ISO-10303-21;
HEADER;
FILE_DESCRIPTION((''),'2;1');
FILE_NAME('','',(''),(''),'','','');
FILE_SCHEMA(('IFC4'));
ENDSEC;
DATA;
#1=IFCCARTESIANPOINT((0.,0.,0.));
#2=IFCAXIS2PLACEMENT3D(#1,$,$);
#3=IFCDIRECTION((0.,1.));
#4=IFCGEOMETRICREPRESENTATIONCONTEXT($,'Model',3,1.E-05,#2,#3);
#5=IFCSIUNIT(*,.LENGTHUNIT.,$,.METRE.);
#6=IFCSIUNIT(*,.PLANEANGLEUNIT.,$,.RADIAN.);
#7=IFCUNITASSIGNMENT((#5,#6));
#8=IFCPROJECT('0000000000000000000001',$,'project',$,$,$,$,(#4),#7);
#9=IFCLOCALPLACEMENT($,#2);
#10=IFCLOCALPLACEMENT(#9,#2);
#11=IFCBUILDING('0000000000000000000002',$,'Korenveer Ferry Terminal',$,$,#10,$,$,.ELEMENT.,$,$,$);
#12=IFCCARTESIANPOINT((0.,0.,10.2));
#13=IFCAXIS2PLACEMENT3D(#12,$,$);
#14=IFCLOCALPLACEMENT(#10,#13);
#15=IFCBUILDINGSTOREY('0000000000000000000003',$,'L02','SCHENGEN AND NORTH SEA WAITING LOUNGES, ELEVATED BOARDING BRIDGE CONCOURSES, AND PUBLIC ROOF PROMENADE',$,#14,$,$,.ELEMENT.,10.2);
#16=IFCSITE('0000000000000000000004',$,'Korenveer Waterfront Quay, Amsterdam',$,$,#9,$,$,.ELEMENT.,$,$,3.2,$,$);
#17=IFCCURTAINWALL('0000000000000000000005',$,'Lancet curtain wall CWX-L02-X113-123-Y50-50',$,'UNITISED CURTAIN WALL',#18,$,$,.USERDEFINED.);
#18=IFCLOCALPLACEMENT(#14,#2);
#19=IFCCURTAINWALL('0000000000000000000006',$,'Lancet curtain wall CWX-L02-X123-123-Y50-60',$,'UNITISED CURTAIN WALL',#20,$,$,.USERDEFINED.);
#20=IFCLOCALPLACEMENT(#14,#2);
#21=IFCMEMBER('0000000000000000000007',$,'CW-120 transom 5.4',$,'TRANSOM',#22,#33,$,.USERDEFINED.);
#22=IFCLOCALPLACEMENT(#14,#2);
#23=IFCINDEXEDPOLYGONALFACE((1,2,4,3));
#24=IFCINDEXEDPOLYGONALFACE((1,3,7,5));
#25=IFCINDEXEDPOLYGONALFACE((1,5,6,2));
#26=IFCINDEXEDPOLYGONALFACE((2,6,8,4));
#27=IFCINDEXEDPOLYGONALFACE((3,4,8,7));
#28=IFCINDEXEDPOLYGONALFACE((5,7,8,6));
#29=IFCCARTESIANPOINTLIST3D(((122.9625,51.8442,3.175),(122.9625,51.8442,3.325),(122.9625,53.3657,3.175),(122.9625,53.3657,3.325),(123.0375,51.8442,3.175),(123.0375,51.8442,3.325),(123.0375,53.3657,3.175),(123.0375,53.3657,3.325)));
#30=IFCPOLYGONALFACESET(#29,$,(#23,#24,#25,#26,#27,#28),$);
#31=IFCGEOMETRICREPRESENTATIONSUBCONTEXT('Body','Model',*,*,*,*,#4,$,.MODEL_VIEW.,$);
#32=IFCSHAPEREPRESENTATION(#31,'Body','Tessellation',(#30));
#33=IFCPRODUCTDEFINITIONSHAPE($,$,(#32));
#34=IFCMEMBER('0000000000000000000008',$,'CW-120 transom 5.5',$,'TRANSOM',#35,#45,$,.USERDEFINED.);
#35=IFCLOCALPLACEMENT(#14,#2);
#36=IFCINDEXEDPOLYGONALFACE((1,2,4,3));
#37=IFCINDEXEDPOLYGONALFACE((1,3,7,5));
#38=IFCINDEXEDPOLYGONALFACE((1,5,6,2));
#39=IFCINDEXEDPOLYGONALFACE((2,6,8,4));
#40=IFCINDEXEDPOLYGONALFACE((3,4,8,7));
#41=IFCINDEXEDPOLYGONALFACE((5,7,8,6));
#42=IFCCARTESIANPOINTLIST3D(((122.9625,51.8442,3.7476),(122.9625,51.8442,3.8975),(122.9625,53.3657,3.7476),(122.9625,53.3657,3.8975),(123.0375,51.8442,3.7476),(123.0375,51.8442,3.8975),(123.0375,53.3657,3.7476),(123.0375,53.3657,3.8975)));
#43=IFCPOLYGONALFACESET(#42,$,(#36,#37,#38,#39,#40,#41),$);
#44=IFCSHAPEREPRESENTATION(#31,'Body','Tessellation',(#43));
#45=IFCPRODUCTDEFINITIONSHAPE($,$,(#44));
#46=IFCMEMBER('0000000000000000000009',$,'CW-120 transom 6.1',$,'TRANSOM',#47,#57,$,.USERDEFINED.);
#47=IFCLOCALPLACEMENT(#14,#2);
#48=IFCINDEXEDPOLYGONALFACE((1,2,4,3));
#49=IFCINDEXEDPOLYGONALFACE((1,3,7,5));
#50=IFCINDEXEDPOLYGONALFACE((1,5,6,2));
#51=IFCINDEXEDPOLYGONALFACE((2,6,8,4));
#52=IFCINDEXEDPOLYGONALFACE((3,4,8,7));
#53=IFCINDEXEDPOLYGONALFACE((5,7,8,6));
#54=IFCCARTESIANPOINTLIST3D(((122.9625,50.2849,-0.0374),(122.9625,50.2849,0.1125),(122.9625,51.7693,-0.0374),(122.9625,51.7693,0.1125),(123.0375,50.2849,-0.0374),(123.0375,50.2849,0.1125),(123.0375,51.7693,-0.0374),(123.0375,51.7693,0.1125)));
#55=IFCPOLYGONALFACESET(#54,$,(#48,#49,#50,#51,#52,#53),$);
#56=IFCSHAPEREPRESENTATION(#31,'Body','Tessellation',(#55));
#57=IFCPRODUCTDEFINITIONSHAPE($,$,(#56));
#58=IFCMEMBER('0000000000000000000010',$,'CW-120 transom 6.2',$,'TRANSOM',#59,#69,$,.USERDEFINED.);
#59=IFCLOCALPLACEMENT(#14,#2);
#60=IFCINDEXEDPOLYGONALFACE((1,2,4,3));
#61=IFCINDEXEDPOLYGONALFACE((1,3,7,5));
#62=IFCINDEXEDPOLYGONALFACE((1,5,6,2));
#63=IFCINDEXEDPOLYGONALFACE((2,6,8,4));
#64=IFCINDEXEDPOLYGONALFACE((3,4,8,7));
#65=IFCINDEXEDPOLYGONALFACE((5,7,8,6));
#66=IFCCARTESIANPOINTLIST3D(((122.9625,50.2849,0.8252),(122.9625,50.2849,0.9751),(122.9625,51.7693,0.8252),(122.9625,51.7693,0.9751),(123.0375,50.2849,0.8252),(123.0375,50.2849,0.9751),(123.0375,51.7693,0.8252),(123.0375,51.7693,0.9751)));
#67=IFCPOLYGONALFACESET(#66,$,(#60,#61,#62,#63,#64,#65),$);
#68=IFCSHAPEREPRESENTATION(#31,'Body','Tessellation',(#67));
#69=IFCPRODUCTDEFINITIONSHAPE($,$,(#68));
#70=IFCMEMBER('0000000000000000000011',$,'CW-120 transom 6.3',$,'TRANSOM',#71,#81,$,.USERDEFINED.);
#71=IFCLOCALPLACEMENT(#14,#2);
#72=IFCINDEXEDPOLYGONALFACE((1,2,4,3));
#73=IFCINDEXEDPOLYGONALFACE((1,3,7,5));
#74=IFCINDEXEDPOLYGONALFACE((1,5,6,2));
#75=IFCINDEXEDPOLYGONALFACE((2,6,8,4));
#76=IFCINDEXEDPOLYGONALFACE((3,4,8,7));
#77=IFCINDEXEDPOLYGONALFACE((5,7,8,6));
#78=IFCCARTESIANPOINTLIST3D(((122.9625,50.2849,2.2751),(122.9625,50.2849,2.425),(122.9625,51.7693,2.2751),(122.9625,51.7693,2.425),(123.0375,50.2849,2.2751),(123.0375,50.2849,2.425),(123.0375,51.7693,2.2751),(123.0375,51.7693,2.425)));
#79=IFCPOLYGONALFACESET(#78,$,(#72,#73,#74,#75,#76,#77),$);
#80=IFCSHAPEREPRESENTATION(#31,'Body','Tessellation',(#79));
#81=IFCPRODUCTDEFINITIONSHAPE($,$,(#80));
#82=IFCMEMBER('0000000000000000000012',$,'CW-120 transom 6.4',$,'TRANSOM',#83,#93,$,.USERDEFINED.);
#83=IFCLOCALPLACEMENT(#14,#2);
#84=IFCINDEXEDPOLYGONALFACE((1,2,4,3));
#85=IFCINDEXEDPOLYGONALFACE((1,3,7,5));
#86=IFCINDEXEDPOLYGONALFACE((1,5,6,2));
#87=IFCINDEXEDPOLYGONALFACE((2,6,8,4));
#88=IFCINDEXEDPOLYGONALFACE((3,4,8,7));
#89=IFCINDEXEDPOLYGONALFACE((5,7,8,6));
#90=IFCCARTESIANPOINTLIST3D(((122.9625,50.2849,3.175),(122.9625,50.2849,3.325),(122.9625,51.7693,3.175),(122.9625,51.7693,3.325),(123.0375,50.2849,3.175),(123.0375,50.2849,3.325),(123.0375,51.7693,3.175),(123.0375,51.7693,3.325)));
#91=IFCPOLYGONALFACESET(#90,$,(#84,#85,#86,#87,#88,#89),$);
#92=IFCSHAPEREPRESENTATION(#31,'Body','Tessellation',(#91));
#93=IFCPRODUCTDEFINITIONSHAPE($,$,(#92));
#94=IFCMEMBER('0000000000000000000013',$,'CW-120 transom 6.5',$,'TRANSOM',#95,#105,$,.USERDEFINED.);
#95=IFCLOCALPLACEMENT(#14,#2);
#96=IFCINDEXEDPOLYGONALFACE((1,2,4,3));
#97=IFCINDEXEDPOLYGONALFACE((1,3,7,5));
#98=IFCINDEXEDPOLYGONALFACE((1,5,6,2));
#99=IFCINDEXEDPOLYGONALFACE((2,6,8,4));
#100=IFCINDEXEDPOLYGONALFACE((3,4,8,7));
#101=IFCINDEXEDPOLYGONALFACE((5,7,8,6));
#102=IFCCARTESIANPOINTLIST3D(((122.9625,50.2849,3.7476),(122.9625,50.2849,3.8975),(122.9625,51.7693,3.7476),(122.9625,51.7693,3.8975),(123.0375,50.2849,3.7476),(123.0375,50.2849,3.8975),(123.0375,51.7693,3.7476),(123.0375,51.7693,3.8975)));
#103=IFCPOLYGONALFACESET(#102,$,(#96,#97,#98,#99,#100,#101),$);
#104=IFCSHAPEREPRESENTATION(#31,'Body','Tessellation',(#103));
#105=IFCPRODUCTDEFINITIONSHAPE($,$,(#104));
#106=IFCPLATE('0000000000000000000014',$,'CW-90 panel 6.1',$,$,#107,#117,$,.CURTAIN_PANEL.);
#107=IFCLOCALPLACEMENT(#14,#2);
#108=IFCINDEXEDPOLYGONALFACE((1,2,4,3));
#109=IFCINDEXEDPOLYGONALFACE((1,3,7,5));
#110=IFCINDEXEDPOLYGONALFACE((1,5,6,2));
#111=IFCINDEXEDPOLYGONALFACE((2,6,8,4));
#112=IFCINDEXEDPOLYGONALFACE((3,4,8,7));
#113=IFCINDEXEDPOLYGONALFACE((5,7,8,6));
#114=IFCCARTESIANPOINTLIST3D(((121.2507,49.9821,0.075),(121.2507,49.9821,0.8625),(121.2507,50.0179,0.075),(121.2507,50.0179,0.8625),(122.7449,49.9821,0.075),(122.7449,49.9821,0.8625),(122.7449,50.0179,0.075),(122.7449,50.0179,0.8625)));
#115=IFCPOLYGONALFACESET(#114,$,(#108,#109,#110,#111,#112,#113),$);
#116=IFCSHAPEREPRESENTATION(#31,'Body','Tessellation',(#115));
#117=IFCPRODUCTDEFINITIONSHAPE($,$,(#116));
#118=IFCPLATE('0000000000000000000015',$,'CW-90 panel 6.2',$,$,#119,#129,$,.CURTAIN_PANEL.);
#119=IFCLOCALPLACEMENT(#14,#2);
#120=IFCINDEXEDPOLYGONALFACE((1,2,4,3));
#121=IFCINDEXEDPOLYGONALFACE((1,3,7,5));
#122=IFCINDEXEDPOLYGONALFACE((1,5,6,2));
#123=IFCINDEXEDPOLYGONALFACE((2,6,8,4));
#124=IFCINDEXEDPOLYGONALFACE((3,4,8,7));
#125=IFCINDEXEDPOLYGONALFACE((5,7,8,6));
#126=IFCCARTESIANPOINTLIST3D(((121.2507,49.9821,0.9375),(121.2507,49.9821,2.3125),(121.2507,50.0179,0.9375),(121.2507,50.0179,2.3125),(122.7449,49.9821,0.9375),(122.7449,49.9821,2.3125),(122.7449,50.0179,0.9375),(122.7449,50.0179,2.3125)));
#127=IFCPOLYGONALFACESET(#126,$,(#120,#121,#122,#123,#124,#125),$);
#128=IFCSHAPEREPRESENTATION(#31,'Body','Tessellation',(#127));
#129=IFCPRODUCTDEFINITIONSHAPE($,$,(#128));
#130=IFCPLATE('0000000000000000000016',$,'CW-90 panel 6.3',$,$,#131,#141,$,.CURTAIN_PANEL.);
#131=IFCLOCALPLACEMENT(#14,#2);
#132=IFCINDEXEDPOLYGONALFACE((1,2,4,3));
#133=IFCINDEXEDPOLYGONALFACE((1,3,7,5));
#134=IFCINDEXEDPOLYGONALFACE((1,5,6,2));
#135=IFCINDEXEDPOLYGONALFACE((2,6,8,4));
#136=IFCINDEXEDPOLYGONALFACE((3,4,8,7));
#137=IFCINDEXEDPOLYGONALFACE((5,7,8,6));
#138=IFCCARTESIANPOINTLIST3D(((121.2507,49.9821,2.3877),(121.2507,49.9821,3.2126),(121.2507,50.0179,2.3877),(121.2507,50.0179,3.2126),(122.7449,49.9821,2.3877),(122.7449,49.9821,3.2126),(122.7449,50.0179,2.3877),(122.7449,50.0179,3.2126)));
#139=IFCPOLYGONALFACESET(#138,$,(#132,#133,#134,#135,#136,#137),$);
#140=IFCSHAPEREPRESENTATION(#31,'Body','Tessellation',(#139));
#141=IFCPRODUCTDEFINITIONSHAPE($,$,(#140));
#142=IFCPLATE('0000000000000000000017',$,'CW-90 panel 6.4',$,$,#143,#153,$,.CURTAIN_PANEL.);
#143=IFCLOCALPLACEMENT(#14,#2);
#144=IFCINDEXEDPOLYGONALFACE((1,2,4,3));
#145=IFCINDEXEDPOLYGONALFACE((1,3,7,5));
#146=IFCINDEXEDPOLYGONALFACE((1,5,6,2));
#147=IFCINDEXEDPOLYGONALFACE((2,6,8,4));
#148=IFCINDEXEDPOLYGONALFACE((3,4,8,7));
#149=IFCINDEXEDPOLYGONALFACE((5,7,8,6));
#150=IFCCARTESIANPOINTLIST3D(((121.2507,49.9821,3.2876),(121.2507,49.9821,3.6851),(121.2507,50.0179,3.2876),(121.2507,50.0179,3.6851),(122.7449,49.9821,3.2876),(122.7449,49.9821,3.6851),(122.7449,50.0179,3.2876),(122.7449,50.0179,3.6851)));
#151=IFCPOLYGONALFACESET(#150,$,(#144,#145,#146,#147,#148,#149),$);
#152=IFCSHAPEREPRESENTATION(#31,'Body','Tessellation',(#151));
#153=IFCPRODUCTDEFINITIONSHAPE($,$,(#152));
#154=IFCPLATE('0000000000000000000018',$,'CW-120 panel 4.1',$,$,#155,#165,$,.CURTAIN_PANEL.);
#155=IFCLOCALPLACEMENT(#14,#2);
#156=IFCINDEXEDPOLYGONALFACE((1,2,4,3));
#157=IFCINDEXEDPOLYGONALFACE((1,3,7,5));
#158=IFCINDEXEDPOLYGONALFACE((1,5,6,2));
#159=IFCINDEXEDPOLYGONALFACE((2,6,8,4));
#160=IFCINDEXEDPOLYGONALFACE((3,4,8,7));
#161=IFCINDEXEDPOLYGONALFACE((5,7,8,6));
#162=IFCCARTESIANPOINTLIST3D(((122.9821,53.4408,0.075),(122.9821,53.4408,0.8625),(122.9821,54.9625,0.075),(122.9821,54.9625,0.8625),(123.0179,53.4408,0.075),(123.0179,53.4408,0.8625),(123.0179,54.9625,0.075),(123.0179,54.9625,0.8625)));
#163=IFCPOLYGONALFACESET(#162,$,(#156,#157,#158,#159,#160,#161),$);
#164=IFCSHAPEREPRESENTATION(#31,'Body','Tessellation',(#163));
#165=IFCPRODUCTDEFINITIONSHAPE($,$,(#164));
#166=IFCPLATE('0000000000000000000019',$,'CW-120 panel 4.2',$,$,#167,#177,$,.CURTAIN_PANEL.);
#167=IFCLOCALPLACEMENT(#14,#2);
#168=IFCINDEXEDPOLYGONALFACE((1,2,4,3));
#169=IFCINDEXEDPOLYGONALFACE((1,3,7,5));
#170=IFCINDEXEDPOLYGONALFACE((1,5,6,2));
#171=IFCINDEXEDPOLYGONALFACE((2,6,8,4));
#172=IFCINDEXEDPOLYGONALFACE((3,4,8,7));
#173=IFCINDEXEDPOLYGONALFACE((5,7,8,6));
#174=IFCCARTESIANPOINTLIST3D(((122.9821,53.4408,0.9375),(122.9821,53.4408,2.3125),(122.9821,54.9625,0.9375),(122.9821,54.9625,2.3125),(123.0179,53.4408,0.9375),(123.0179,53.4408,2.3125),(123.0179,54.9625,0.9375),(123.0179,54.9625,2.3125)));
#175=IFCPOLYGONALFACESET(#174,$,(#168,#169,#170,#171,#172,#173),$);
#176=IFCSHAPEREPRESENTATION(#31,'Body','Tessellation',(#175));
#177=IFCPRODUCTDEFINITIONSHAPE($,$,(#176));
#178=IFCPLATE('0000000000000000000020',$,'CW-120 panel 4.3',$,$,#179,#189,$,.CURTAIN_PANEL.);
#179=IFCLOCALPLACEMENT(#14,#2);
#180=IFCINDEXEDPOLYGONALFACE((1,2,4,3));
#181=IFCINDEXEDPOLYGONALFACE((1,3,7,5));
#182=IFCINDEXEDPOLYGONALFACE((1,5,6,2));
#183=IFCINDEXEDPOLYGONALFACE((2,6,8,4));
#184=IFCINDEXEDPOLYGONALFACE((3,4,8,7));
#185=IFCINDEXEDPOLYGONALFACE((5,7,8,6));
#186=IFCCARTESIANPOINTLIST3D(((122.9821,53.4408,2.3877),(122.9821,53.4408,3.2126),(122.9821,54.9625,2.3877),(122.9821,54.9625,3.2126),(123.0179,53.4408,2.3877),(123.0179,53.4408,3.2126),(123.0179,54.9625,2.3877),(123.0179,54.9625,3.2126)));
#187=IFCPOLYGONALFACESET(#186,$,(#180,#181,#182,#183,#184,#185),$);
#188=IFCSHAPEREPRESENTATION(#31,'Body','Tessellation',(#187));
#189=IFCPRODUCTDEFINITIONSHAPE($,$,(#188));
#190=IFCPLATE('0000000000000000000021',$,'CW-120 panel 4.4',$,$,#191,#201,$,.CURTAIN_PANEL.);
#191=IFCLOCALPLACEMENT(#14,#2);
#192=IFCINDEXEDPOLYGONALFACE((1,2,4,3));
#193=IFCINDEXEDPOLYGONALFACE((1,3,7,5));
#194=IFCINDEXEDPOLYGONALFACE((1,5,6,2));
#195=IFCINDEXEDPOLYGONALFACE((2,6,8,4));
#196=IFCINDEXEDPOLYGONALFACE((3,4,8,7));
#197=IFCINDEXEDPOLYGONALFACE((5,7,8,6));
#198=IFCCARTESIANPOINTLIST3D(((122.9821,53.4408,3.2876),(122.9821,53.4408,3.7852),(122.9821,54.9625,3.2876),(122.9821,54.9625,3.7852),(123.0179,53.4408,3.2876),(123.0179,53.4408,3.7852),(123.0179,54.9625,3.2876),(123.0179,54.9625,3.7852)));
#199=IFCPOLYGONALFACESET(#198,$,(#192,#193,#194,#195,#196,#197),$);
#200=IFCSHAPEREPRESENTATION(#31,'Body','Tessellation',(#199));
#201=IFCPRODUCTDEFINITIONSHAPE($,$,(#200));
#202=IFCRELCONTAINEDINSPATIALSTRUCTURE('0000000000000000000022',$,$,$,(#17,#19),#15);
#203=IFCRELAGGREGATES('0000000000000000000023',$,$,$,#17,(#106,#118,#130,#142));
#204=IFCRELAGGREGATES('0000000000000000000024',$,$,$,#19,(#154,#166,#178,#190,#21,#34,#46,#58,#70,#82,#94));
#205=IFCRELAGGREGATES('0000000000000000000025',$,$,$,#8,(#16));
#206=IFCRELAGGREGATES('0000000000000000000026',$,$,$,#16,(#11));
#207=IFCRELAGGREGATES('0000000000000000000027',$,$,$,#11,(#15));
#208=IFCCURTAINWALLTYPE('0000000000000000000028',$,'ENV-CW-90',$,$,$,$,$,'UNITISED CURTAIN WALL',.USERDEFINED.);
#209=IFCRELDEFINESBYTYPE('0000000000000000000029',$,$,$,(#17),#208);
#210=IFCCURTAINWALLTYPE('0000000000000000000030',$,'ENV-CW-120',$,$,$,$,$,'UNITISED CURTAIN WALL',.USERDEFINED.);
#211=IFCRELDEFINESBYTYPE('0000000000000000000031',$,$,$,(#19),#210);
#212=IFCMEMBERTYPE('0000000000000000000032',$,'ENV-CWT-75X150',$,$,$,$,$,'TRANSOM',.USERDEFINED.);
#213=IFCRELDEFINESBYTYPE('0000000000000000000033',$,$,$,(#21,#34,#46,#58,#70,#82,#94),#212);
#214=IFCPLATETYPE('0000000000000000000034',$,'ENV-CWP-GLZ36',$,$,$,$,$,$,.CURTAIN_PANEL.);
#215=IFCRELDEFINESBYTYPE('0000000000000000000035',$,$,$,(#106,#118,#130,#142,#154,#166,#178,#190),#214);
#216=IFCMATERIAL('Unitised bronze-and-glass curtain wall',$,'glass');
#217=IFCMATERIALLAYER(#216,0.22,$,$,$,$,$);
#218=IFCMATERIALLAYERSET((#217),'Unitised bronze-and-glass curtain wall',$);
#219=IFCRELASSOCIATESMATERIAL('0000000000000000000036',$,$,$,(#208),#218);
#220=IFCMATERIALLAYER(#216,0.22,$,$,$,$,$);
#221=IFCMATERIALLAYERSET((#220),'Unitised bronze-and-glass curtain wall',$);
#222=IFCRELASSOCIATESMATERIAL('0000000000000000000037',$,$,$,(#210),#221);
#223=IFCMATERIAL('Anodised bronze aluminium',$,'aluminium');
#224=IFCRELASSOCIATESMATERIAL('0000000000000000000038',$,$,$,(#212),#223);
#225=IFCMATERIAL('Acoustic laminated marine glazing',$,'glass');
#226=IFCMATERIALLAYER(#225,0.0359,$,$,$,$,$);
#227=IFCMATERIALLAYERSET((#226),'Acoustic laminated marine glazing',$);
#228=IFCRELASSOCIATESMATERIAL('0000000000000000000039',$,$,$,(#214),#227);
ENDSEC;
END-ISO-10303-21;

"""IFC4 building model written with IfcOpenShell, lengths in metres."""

from ifc_helpers import new_model, si_unit, direction, frame, origin, origin_2d, place, context, subcontext, project, spatial, rectangle, extrude, material, layer, layer_set, material_profile, profile_set, type_object, element, aggregate, save


model = new_model("IFC4")

# Units and contexts
model_context = context("Model", 3, precision=1e-05, world=origin(), true_north=direction((0.0, 1.0)))
body_context = subcontext(model_context, "Body", "Model", "MODEL_VIEW")
ifc_project = project(units=[si_unit("LENGTHUNIT", "METRE"), si_unit("PLANEANGLEUNIT", "RADIAN")], contexts=[model_context])

# Site, building, storey
site_placement = place(None, origin())
site = spatial("IfcSite", under=ifc_project, at=site_placement, Name="Korenveer Waterfront Quay, Amsterdam", CompositionType="ELEMENT", RefElevation=3.2)
building_placement = place(site_placement, origin())
building = spatial("IfcBuilding", under=site, at=building_placement, Name="Korenveer Ferry Terminal", CompositionType="ELEMENT")
storey_placement = place(building_placement, frame((0.0, 0.0, 10.2)))
storey = spatial("IfcBuildingStorey", under=building, at=storey_placement, Name="L02", Description="SCHENGEN AND NORTH SEA WAITING LOUNGES, ELEVATED BOARDING BRIDGE CONCOURSES, AND PUBLIC ROOF PROMENADE", CompositionType="ELEMENT", Elevation=10.2)

# Curtain wall
ifc_material_1 = material(Name="Unitised bronze-and-glass curtain wall", Category="glass")
ifc_layer_1 = layer(ifc_material_1, 0.22)
ifc_layer_set_1 = layer_set([ifc_layer_1], Name="Unitised bronze-and-glass curtain wall")
curtain_wall_type_1 = type_object("IfcCurtainWallType", Name="ENV-CW-90", ElementType="UNITISED CURTAIN WALL", PredefinedType="USERDEFINED", material=ifc_layer_set_1)
curtain_wall_1_placement = place(storey_placement, frame((113.1799, 50.0, 0.0)))
curtain_wall_1 = element("IfcCurtainWall", 1, at=curtain_wall_1_placement, inside=storey, type_object=curtain_wall_type_1, Name="Lancet curtain wall CWX-L02-X113-123-Y50-50", ObjectType="UNITISED CURTAIN WALL", PredefinedType="USERDEFINED")
ifc_material_2 = material(Name="Anodised bronze aluminium", Category="aluminium")

# Curtain wall
ifc_layer_2 = layer(ifc_material_1, 0.22)
ifc_layer_set_2 = layer_set([ifc_layer_2], Name="Unitised bronze-and-glass curtain wall")
curtain_wall_type_2 = type_object("IfcCurtainWallType", Name="ENV-CW-120", ElementType="UNITISED CURTAIN WALL", PredefinedType="USERDEFINED", material=ifc_layer_set_2)
curtain_wall_2_placement = place(storey_placement, frame((123.0, 59.79, 0.0)))
curtain_wall_2 = element("IfcCurtainWall", 2, at=curtain_wall_2_placement, inside=storey, type_object=curtain_wall_type_2, Name="Lancet curtain wall CWX-L02-X123-123-Y50-60", ObjectType="UNITISED CURTAIN WALL", PredefinedType="USERDEFINED")

# Members
ifc_material_profile_1 = material_profile(ifc_material_2, rectangle(XDim=0.075, YDim=0.1499, at=origin_2d()), Name="ALU 75x150")
ifc_profile_set_1 = profile_set([ifc_material_profile_1], Name="Anodised bronze aluminium")
member_type_1 = type_object("IfcMemberType", Name="ENV-CWT-75X150", ElementType="TRANSOM", PredefinedType="USERDEFINED", material=ifc_profile_set_1)
member_1_placement = place(storey_placement, frame((123.0, 53.3657, 3.25), z_axis=(0.0, -1.0, 0.0), x_axis=(1.0, 0.0, 0.0)))
member_1 = element("IfcMember", 3, at=member_1_placement, type_object=member_type_1, Name="CW-120 transom 5.4", ObjectType="TRANSOM", PredefinedType="USERDEFINED", context=body_context, shape_type="SweptSolid", body=[
    extrude(rectangle(XDim=0.075, YDim=0.1499, at=origin_2d()), origin(), (0.0, 0.0, 1.0), 1.5215),
])
member_2_placement = place(storey_placement, frame((123.0, 53.3657, 3.8225), z_axis=(0.0, -1.0, 0.0), x_axis=(1.0, 0.0, 0.0)))
member_2 = element("IfcMember", 4, at=member_2_placement, type_object=member_type_1, Name="CW-120 transom 5.5", ObjectType="TRANSOM", PredefinedType="USERDEFINED", context=body_context, shape_type="SweptSolid", body=[
    extrude(rectangle(XDim=0.075, YDim=0.1499, at=origin_2d()), origin(), (0.0, 0.0, 1.0), 1.5215),
])
member_3_placement = place(storey_placement, frame((123.0, 51.7693, 0.0376), z_axis=(0.0, -1.0, 0.0), x_axis=(1.0, 0.0, 0.0)))
member_3 = element("IfcMember", 5, at=member_3_placement, type_object=member_type_1, Name="CW-120 transom 6.1", ObjectType="TRANSOM", PredefinedType="USERDEFINED", context=body_context, shape_type="SweptSolid", body=[
    extrude(rectangle(XDim=0.075, YDim=0.1499, at=origin_2d()), origin(), (0.0, 0.0, 1.0), 1.4844),
])
member_4_placement = place(storey_placement, frame((123.0, 51.7693, 0.9001), z_axis=(0.0, -1.0, 0.0), x_axis=(1.0, 0.0, 0.0)))
member_4 = element("IfcMember", 6, at=member_4_placement, type_object=member_type_1, Name="CW-120 transom 6.2", ObjectType="TRANSOM", PredefinedType="USERDEFINED", context=body_context, shape_type="SweptSolid", body=[
    extrude(rectangle(XDim=0.075, YDim=0.1499, at=origin_2d()), origin(), (0.0, 0.0, 1.0), 1.4844),
])
member_5_placement = place(storey_placement, frame((123.0, 51.7693, 2.3501), z_axis=(0.0, -1.0, 0.0), x_axis=(1.0, 0.0, 0.0)))
member_5 = element("IfcMember", 7, at=member_5_placement, type_object=member_type_1, Name="CW-120 transom 6.3", ObjectType="TRANSOM", PredefinedType="USERDEFINED", context=body_context, shape_type="SweptSolid", body=[
    extrude(rectangle(XDim=0.075, YDim=0.1499, at=origin_2d()), origin(), (0.0, 0.0, 1.0), 1.4844),
])
member_6_placement = place(storey_placement, frame((123.0, 51.7693, 3.25), z_axis=(0.0, -1.0, 0.0), x_axis=(1.0, 0.0, 0.0)))
member_6 = element("IfcMember", 8, at=member_6_placement, type_object=member_type_1, Name="CW-120 transom 6.4", ObjectType="TRANSOM", PredefinedType="USERDEFINED", context=body_context, shape_type="SweptSolid", body=[
    extrude(rectangle(XDim=0.075, YDim=0.1499, at=origin_2d()), origin(), (0.0, 0.0, 1.0), 1.4844),
])
member_7_placement = place(storey_placement, frame((123.0, 51.7693, 3.8225), z_axis=(0.0, -1.0, 0.0), x_axis=(1.0, 0.0, 0.0)))
member_7 = element("IfcMember", 9, at=member_7_placement, type_object=member_type_1, Name="CW-120 transom 6.5", ObjectType="TRANSOM", PredefinedType="USERDEFINED", context=body_context, shape_type="SweptSolid", body=[
    extrude(rectangle(XDim=0.075, YDim=0.1499, at=origin_2d()), origin(), (0.0, 0.0, 1.0), 1.4844),
])

# Plates
ifc_material_3 = material(Name="Acoustic laminated marine glazing", Category="glass")
ifc_layer_3 = layer(ifc_material_3, 0.0359)
ifc_layer_set_3 = layer_set([ifc_layer_3], Name="Acoustic laminated marine glazing")
plate_type = type_object("IfcPlateType", Name="ENV-CWP-GLZ36", PredefinedType="CURTAIN_PANEL", material=ifc_layer_set_3)
plate_1_placement = place(storey_placement, frame((121.9978, 50.0, 0.075), z_axis=(0.0, 0.0, 1.0), x_axis=(1.0, 0.0, 0.0)))
plate_1 = element("IfcPlate", 10, at=plate_1_placement, type_object=plate_type, Name="CW-90 panel 6.1", PredefinedType="CURTAIN_PANEL", context=body_context, shape_type="SweptSolid", body=[
    extrude(rectangle(XDim=1.4941, YDim=0.0359, at=origin_2d()), origin(), (0.0, 0.0, 1.0), 0.7876),
])
plate_2_placement = place(storey_placement, frame((121.9978, 50.0, 0.9375), z_axis=(0.0, 0.0, 1.0), x_axis=(1.0, 0.0, 0.0)))
plate_2 = element("IfcPlate", 11, at=plate_2_placement, type_object=plate_type, Name="CW-90 panel 6.2", PredefinedType="CURTAIN_PANEL", context=body_context, shape_type="SweptSolid", body=[
    extrude(rectangle(XDim=1.4941, YDim=0.0359, at=origin_2d()), origin(), (0.0, 0.0, 1.0), 1.375),
])
plate_3_placement = place(storey_placement, frame((121.9978, 50.0, 2.3877), z_axis=(0.0, 0.0, 1.0), x_axis=(1.0, 0.0, 0.0)))
plate_3 = element("IfcPlate", 12, at=plate_3_placement, type_object=plate_type, Name="CW-90 panel 6.3", PredefinedType="CURTAIN_PANEL", context=body_context, shape_type="SweptSolid", body=[
    extrude(rectangle(XDim=1.4941, YDim=0.0359, at=origin_2d()), origin(), (0.0, 0.0, 1.0), 0.825),
])
plate_4_placement = place(storey_placement, frame((121.9978, 50.0, 3.2876), z_axis=(0.0, 0.0, 1.0), x_axis=(1.0, 0.0, 0.0)))
plate_4 = element("IfcPlate", 13, at=plate_4_placement, type_object=plate_type, Name="CW-90 panel 6.4", PredefinedType="CURTAIN_PANEL", context=body_context, shape_type="SweptSolid", body=[
    extrude(rectangle(XDim=1.4941, YDim=0.0359, at=origin_2d()), origin(), (0.0, 0.0, 1.0), 0.3975),
])
aggregate(curtain_wall_1, [plate_1, plate_2, plate_3, plate_4])
plate_5_placement = place(storey_placement, frame((123.0, 54.2017, 0.075), z_axis=(0.0, 0.0, 1.0), x_axis=(0.0, -1.0, 0.0)))
plate_5 = element("IfcPlate", 14, at=plate_5_placement, type_object=plate_type, Name="CW-120 panel 4.1", PredefinedType="CURTAIN_PANEL", context=body_context, shape_type="SweptSolid", body=[
    extrude(rectangle(XDim=1.5217, YDim=0.0359, at=origin_2d()), origin(), (0.0, 0.0, 1.0), 0.7876),
])
plate_6_placement = place(storey_placement, frame((123.0, 54.2017, 0.9375), z_axis=(0.0, 0.0, 1.0), x_axis=(0.0, -1.0, 0.0)))
plate_6 = element("IfcPlate", 15, at=plate_6_placement, type_object=plate_type, Name="CW-120 panel 4.2", PredefinedType="CURTAIN_PANEL", context=body_context, shape_type="SweptSolid", body=[
    extrude(rectangle(XDim=1.5217, YDim=0.0359, at=origin_2d()), origin(), (0.0, 0.0, 1.0), 1.375),
])
plate_7_placement = place(storey_placement, frame((123.0, 54.2017, 2.3877), z_axis=(0.0, 0.0, 1.0), x_axis=(0.0, -1.0, 0.0)))
plate_7 = element("IfcPlate", 16, at=plate_7_placement, type_object=plate_type, Name="CW-120 panel 4.3", PredefinedType="CURTAIN_PANEL", context=body_context, shape_type="SweptSolid", body=[
    extrude(rectangle(XDim=1.5217, YDim=0.0359, at=origin_2d()), origin(), (0.0, 0.0, 1.0), 0.825),
])
plate_8_placement = place(storey_placement, frame((123.0, 54.2017, 3.2876), z_axis=(0.0, 0.0, 1.0), x_axis=(0.0, -1.0, 0.0)))
plate_8 = element("IfcPlate", 17, at=plate_8_placement, type_object=plate_type, Name="CW-120 panel 4.4", PredefinedType="CURTAIN_PANEL", context=body_context, shape_type="SweptSolid", body=[
    extrude(rectangle(XDim=1.5217, YDim=0.0359, at=origin_2d()), origin(), (0.0, 0.0, 1.0), 0.4976),
])
aggregate(curtain_wall_2, [plate_5, plate_6, plate_7, plate_8, member_1, member_2, member_3, member_4, member_5, member_6, member_7])

save(model, "model.ifc")
